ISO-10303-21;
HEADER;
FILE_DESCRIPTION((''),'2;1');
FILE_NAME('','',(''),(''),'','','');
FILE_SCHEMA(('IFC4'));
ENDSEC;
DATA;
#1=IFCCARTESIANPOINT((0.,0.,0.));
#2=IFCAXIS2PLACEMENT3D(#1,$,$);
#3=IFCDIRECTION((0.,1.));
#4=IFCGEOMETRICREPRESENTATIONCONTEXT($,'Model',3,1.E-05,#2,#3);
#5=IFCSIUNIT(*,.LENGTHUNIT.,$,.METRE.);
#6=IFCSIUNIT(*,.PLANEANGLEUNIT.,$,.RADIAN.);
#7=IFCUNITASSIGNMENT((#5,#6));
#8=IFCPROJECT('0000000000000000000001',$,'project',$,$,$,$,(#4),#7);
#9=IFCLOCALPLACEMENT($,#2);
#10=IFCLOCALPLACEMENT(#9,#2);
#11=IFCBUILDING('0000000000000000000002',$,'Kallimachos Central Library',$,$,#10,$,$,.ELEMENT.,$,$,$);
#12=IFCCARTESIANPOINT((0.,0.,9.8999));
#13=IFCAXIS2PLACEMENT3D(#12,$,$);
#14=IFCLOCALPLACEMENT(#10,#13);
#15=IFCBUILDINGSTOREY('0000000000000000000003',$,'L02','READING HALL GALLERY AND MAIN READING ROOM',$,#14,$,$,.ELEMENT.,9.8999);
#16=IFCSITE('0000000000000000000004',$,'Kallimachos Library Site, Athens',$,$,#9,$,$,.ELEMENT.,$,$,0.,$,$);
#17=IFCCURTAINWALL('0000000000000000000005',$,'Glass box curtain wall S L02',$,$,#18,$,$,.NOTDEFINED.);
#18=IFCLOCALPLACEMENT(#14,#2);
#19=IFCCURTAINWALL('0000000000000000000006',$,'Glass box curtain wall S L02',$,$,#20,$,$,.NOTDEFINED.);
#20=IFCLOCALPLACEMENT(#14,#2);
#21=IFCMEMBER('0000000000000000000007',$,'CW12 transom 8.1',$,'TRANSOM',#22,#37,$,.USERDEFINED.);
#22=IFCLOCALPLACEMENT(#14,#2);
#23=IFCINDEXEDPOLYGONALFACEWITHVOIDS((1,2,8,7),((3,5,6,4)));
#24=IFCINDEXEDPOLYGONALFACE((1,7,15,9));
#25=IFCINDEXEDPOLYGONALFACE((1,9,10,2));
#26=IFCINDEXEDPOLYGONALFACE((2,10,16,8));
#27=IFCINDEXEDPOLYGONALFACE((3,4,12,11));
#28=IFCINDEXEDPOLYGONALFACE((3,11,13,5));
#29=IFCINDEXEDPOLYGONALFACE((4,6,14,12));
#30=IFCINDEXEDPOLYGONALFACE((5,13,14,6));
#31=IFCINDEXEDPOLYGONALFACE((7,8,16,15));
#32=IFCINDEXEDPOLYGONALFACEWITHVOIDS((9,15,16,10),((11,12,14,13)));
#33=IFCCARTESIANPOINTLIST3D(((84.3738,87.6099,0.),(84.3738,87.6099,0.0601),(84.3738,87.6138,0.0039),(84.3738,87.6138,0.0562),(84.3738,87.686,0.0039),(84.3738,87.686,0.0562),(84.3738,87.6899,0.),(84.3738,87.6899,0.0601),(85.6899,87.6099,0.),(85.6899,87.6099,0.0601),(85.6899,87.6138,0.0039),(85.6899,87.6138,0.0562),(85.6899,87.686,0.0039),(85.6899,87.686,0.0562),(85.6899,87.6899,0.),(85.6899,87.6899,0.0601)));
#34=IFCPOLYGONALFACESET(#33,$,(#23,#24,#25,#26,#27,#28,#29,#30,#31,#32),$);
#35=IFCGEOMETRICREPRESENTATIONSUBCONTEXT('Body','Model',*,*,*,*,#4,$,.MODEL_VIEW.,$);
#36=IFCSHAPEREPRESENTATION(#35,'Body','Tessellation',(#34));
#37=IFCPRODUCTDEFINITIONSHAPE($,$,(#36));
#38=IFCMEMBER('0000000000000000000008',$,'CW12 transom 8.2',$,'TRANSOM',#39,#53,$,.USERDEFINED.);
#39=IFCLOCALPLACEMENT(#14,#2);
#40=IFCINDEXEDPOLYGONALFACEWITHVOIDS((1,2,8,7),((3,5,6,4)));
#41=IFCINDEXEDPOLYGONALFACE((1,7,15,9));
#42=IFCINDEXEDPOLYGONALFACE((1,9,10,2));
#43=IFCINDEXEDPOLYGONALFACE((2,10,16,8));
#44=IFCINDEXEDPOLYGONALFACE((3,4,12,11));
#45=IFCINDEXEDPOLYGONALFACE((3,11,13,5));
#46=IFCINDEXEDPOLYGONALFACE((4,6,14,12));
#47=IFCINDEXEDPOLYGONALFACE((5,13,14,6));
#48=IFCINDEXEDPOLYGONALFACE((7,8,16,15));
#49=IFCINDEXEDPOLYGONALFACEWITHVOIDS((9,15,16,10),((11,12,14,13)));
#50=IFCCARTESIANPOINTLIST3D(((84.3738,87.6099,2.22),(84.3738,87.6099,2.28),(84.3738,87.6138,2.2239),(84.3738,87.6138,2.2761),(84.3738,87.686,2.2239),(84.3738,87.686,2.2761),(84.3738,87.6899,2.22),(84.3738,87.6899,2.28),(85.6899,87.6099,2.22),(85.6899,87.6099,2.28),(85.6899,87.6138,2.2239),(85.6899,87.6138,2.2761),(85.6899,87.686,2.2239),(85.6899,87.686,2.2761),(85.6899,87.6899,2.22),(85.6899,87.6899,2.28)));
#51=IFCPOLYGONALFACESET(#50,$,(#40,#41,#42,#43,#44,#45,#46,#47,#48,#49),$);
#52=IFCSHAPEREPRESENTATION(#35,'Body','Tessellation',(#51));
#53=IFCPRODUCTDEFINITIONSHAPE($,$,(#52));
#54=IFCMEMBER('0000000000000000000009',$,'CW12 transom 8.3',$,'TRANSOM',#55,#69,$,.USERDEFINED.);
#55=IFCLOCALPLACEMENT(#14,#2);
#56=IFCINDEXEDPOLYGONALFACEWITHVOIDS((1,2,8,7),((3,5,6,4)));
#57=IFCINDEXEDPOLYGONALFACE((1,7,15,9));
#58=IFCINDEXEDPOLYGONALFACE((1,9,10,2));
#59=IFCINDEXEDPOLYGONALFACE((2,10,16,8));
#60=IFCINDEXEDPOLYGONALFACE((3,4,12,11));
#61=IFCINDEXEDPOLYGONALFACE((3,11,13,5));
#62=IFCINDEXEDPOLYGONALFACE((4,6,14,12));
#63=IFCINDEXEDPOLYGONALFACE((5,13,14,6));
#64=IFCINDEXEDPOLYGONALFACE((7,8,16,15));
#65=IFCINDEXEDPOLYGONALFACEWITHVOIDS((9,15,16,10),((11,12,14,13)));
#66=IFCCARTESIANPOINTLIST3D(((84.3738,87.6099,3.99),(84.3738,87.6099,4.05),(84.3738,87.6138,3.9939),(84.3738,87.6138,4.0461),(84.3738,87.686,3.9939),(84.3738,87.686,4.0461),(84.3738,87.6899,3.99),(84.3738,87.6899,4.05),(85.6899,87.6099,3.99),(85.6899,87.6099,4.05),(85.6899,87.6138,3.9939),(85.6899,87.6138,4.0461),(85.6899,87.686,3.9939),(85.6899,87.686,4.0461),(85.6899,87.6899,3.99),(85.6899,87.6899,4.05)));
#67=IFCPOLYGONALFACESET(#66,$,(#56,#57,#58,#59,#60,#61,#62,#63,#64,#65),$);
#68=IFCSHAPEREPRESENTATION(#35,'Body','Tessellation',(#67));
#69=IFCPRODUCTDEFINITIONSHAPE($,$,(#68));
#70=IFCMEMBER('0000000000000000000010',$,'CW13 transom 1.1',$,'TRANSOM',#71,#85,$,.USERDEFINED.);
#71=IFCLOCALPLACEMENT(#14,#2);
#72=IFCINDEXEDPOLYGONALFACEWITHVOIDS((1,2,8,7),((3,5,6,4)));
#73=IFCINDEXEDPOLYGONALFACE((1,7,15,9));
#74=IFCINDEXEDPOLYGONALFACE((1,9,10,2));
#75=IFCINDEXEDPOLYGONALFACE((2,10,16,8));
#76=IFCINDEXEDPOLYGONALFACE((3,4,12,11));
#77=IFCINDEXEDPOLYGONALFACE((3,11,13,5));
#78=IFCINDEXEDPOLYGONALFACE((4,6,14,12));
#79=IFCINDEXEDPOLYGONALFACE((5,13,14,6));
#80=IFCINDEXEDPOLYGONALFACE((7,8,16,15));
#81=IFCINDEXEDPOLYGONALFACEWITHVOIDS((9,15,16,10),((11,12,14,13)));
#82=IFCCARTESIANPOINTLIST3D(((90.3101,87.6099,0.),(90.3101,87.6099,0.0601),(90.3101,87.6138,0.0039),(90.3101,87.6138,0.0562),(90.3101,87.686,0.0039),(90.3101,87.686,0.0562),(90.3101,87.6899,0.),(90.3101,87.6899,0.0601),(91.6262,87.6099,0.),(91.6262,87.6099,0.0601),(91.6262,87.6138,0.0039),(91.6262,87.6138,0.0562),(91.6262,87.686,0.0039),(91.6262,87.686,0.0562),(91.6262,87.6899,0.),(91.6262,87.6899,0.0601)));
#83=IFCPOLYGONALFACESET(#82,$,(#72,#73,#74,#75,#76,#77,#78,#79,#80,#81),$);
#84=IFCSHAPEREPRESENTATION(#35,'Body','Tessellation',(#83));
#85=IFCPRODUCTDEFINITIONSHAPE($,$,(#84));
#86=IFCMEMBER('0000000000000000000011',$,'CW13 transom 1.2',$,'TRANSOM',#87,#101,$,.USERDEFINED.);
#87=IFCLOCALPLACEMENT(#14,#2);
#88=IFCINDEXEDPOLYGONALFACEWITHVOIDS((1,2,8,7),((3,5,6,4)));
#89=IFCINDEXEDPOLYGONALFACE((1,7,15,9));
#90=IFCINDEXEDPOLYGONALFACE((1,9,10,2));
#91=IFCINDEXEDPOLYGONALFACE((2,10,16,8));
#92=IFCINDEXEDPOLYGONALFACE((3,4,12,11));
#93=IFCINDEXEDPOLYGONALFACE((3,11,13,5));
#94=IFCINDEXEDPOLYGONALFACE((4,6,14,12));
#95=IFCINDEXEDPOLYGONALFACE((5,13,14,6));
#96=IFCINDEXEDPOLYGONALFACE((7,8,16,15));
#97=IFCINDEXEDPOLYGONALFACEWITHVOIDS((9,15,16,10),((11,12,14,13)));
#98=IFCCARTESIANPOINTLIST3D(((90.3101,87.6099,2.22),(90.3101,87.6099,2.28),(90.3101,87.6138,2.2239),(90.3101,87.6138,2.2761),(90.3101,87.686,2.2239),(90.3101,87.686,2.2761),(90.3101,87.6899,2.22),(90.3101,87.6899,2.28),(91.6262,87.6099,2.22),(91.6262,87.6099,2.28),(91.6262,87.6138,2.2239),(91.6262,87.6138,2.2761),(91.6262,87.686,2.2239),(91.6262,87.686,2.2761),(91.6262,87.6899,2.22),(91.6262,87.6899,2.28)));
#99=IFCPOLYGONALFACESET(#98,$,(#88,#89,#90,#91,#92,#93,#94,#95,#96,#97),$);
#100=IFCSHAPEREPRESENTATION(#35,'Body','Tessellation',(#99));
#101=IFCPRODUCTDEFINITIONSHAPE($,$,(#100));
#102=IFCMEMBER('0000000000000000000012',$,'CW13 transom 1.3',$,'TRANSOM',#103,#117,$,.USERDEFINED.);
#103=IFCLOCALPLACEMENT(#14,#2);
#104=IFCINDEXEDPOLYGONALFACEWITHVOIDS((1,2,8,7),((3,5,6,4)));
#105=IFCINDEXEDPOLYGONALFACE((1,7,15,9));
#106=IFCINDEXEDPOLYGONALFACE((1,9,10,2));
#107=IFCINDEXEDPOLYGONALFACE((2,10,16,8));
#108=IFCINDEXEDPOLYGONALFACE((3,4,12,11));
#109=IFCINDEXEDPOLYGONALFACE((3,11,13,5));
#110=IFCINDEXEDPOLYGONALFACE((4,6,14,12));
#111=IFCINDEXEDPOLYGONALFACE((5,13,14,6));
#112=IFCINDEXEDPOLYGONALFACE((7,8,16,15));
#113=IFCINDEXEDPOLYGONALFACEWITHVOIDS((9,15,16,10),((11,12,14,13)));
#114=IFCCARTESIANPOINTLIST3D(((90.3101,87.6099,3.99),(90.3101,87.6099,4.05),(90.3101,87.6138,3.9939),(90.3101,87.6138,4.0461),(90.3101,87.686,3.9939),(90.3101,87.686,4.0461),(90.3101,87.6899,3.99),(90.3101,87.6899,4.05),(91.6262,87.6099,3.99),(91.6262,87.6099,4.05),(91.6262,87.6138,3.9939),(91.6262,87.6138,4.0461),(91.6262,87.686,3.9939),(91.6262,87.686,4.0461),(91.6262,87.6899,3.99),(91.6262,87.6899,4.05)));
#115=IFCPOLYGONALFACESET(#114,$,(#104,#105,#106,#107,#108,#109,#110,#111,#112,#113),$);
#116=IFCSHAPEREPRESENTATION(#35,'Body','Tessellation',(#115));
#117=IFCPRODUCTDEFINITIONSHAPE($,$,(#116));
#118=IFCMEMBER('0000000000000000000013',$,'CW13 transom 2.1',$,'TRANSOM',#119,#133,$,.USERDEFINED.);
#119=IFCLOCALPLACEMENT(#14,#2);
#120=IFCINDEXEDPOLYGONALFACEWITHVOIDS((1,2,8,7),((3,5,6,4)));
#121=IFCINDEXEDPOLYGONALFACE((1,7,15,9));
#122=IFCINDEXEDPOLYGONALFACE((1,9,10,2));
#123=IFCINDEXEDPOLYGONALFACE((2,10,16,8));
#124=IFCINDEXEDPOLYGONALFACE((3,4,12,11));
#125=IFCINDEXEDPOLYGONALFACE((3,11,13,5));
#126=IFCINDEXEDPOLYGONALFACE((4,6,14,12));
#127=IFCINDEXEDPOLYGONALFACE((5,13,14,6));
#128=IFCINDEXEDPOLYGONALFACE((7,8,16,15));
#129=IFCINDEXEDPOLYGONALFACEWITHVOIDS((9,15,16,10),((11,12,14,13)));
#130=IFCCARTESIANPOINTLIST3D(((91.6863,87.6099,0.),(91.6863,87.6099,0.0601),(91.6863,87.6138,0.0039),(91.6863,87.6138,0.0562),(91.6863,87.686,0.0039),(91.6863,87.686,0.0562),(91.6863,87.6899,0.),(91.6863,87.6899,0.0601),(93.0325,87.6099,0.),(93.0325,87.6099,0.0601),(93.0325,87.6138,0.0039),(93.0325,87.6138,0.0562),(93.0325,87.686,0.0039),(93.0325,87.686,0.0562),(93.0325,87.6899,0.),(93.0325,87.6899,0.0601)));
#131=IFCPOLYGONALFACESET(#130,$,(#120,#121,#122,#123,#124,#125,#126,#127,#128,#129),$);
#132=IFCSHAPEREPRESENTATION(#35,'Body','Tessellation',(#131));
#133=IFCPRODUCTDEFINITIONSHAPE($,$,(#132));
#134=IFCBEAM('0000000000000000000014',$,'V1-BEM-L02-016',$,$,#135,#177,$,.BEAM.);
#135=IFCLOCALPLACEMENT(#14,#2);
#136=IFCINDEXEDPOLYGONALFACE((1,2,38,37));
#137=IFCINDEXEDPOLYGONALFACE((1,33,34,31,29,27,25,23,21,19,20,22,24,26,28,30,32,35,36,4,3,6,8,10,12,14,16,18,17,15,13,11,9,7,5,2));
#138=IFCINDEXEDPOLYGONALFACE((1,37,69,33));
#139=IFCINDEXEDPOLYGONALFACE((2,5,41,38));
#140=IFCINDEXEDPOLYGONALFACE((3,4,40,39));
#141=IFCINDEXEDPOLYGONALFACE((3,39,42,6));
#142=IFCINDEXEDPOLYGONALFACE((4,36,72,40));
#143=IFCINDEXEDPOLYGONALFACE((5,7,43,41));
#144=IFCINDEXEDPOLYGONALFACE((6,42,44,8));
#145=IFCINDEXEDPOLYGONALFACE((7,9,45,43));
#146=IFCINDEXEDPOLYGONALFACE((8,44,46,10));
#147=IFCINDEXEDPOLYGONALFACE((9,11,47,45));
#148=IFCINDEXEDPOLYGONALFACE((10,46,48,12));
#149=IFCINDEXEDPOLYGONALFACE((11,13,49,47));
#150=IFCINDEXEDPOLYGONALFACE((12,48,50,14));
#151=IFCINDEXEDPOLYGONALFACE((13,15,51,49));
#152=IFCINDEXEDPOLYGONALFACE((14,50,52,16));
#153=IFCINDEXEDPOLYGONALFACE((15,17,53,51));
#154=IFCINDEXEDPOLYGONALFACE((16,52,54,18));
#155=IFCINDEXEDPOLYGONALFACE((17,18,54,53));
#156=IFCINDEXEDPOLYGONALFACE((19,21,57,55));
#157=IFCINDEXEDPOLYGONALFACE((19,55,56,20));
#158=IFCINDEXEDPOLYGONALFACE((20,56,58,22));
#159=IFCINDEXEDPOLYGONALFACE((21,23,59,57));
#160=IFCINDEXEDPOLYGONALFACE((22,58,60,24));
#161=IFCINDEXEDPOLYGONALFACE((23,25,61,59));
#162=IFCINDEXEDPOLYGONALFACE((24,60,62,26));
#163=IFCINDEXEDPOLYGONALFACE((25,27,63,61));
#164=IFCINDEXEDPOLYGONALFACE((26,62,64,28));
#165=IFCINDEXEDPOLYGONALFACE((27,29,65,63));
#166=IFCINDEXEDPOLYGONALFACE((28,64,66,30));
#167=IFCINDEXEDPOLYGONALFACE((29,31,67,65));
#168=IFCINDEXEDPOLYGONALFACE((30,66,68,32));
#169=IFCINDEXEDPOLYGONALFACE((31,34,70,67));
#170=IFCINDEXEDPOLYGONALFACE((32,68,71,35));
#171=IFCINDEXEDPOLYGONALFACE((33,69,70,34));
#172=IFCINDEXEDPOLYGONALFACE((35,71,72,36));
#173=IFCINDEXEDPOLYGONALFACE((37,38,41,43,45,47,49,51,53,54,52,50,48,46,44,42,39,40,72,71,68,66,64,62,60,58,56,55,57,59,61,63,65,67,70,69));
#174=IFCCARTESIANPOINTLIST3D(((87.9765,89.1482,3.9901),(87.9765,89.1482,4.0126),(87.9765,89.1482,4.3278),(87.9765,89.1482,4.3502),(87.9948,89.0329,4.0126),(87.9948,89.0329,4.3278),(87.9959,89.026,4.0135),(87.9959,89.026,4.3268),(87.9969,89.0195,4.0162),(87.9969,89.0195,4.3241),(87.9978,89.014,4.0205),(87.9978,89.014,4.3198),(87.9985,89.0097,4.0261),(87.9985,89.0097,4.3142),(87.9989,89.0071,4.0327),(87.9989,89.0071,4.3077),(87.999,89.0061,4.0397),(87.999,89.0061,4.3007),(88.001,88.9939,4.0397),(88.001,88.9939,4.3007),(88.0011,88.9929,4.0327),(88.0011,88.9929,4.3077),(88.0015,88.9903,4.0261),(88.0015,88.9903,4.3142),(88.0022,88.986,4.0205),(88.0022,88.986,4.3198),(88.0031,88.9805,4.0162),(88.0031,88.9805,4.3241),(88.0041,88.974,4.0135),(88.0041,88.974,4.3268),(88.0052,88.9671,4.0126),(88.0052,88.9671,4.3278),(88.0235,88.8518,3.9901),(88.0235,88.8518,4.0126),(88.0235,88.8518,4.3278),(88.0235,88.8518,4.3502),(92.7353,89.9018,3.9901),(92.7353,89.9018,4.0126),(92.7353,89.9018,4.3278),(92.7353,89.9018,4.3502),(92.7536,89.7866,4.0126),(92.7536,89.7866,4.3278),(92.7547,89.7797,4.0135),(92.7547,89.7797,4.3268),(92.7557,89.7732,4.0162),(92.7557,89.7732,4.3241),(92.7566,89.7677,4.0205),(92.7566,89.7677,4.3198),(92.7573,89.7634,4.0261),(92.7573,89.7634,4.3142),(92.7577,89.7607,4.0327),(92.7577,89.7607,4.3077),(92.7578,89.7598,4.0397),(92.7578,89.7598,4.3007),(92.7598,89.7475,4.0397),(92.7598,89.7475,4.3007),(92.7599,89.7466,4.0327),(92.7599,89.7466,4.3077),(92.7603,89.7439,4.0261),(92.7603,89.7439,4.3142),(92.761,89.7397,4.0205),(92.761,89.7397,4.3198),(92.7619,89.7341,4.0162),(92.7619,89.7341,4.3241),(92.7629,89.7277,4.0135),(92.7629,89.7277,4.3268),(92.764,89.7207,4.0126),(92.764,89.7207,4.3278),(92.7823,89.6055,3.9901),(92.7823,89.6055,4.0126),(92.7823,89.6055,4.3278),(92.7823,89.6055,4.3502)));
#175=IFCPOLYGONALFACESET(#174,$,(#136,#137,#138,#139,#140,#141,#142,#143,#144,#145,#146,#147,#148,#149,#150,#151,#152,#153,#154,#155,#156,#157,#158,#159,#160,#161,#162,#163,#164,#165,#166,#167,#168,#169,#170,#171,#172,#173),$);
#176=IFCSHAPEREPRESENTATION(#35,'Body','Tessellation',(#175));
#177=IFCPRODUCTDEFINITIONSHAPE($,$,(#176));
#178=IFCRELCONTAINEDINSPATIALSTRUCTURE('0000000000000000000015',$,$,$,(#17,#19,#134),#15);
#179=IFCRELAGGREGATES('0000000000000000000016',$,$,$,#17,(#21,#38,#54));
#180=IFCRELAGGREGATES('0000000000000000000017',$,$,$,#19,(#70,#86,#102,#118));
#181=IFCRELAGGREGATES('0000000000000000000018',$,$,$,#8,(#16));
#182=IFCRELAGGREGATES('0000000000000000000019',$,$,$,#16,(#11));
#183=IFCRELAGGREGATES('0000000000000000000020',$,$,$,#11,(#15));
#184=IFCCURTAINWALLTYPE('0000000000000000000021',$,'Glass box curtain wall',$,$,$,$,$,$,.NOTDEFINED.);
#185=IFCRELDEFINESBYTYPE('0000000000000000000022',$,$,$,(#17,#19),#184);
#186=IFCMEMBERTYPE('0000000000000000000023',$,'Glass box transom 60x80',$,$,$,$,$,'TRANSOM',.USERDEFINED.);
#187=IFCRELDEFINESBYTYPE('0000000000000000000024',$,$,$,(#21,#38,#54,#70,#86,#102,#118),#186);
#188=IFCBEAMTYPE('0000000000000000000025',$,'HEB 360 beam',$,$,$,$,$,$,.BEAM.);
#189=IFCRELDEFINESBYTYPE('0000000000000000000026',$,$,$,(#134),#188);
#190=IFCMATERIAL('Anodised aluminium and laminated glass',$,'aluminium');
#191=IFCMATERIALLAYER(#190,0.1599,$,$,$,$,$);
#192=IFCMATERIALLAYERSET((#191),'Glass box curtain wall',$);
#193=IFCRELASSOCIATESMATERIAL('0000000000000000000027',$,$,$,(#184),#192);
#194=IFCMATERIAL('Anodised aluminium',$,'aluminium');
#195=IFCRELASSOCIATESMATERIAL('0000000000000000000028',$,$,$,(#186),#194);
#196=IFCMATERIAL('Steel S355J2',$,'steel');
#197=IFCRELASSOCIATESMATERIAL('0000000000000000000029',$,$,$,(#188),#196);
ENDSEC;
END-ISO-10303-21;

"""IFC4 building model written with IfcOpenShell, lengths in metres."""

from ifc_helpers import new_model, si_unit, direction, frame, origin, origin_2d, place, context, subcontext, project, spatial, hollow_rectangle, i_section, extrude, material, layer, layer_set, material_profile, profile_set, type_object, element, aggregate, save


model = new_model("IFC4")

# Units and contexts
model_context = context("Model", 3, precision=1e-05, world=origin(), true_north=direction((0.0, 1.0)))
body_context = subcontext(model_context, "Body", "Model", "MODEL_VIEW")
ifc_project = project(units=[si_unit("LENGTHUNIT", "METRE"), si_unit("PLANEANGLEUNIT", "RADIAN")], contexts=[model_context])

# Site, building, storey
site_placement = place(None, origin())
site = spatial("IfcSite", under=ifc_project, at=site_placement, Name="Kallimachos Library Site, Athens", CompositionType="ELEMENT", RefElevation=0.0)
building_placement = place(site_placement, origin())
building = spatial("IfcBuilding", under=site, at=building_placement, Name="Kallimachos Central Library", CompositionType="ELEMENT")
storey_placement = place(building_placement, frame((0.0, 0.0, 9.8999)))
storey = spatial("IfcBuildingStorey", under=building, at=storey_placement, Name="L02", Description="READING HALL GALLERY AND MAIN READING ROOM", CompositionType="ELEMENT", Elevation=9.8999)

# Curtain walls
ifc_material_1 = material(Name="Anodised aluminium and laminated glass", Category="aluminium")
ifc_layer_1 = layer(ifc_material_1, 0.1599)
ifc_layer_set_1 = layer_set([ifc_layer_1], Name="Glass box curtain wall")
curtain_wall_type = type_object("IfcCurtainWallType", Name="Glass box curtain wall", PredefinedType="NOTDEFINED", material=ifc_layer_set_1)
curtain_wall_1_placement = place(storey_placement, origin())
curtain_wall_1 = element("IfcCurtainWall", 1, at=curtain_wall_1_placement, inside=storey, type_object=curtain_wall_type, Name="Glass box curtain wall S L02", PredefinedType="NOTDEFINED")
curtain_wall_2_placement = place(storey_placement, origin())
curtain_wall_2 = element("IfcCurtainWall", 2, at=curtain_wall_2_placement, inside=storey, type_object=curtain_wall_type, Name="Glass box curtain wall S L02", PredefinedType="NOTDEFINED")

# Members
ifc_material_2 = material(Name="Anodised aluminium", Category="aluminium")
ifc_material_profile_1 = material_profile(ifc_material_2, hollow_rectangle(XDim=0.0601, YDim=0.0801, WallThickness=0.0039, at=origin_2d()), Name="ALU TRANSOM 60x80")
ifc_profile_set_1 = profile_set([ifc_material_profile_1], Name="Anodised aluminium")
member_type_1 = type_object("IfcMemberType", Name="Glass box transom 60x80", ElementType="TRANSOM", PredefinedType="USERDEFINED", material=ifc_profile_set_1)
member_1_placement = place(storey_placement, frame((84.3738, 87.6499, 0.03), z_axis=(1.0, 0.0, 0.0), x_axis=(0.0, 0.0, 1.0)))
member_1 = element("IfcMember", 3, at=member_1_placement, type_object=member_type_1, Name="CW12 transom 8.1", ObjectType="TRANSOM", PredefinedType="USERDEFINED", context=body_context, shape_type="SweptSolid", body=[
    extrude(hollow_rectangle(XDim=0.0601, YDim=0.0801, WallThickness=0.0039, at=origin_2d()), origin(), (0.0, 0.0, 1.0), 1.3162),
])
member_2_placement = place(storey_placement, frame((84.3738, 87.6499, 2.25), z_axis=(1.0, 0.0, 0.0), x_axis=(0.0, 0.0, 1.0)))
member_2 = element("IfcMember", 4, at=member_2_placement, type_object=member_type_1, Name="CW12 transom 8.2", ObjectType="TRANSOM", PredefinedType="USERDEFINED", context=body_context, shape_type="SweptSolid", body=[
    extrude(hollow_rectangle(XDim=0.0601, YDim=0.0801, WallThickness=0.0039, at=origin_2d()), origin(), (0.0, 0.0, 1.0), 1.3162),
])
member_3_placement = place(storey_placement, frame((84.3738, 87.6499, 4.02), z_axis=(1.0, 0.0, 0.0), x_axis=(0.0, 0.0, 1.0)))
member_3 = element("IfcMember", 5, at=member_3_placement, type_object=member_type_1, Name="CW12 transom 8.3", ObjectType="TRANSOM", PredefinedType="USERDEFINED", context=body_context, shape_type="SweptSolid", body=[
    extrude(hollow_rectangle(XDim=0.0601, YDim=0.0801, WallThickness=0.0039, at=origin_2d()), origin(), (0.0, 0.0, 1.0), 1.3162),
])
member_4_placement = place(storey_placement, frame((90.3101, 87.6499, 0.03), z_axis=(1.0, 0.0, 0.0), x_axis=(0.0, 0.0, 1.0)))
member_4 = element("IfcMember", 6, at=member_4_placement, type_object=member_type_1, Name="CW13 transom 1.1", ObjectType="TRANSOM", PredefinedType="USERDEFINED", context=body_context, shape_type="SweptSolid", body=[
    extrude(hollow_rectangle(XDim=0.0601, YDim=0.0801, WallThickness=0.0039, at=origin_2d()), origin(), (0.0, 0.0, 1.0), 1.3162),
])
member_5_placement = place(storey_placement, frame((90.3101, 87.6499, 2.25), z_axis=(1.0, 0.0, 0.0), x_axis=(0.0, 0.0, 1.0)))
member_5 = element("IfcMember", 7, at=member_5_placement, type_object=member_type_1, Name="CW13 transom 1.2", ObjectType="TRANSOM", PredefinedType="USERDEFINED", context=body_context, shape_type="SweptSolid", body=[
    extrude(hollow_rectangle(XDim=0.0601, YDim=0.0801, WallThickness=0.0039, at=origin_2d()), origin(), (0.0, 0.0, 1.0), 1.3162),
])
member_6_placement = place(storey_placement, frame((90.3101, 87.6499, 4.02), z_axis=(1.0, 0.0, 0.0), x_axis=(0.0, 0.0, 1.0)))
member_6 = element("IfcMember", 8, at=member_6_placement, type_object=member_type_1, Name="CW13 transom 1.3", ObjectType="TRANSOM", PredefinedType="USERDEFINED", context=body_context, shape_type="SweptSolid", body=[
    extrude(hollow_rectangle(XDim=0.0601, YDim=0.0801, WallThickness=0.0039, at=origin_2d()), origin(), (0.0, 0.0, 1.0), 1.3162),
])
member_7_placement = place(storey_placement, frame((91.6863, 87.6499, 0.03), z_axis=(1.0, 0.0, 0.0), x_axis=(0.0, 0.0, 1.0)))
member_7 = element("IfcMember", 9, at=member_7_placement, type_object=member_type_1, Name="CW13 transom 2.1", ObjectType="TRANSOM", PredefinedType="USERDEFINED", context=body_context, shape_type="SweptSolid", body=[
    extrude(hollow_rectangle(XDim=0.0601, YDim=0.0801, WallThickness=0.0039, at=origin_2d()), origin(), (0.0, 0.0, 1.0), 1.3462),
])

# Beam
ifc_material_3 = material(Name="Steel S355J2", Category="steel")
ifc_material_profile_2 = material_profile(ifc_material_3, i_section(OverallWidth=0.3, OverallDepth=0.3601, WebThickness=0.0125, FlangeThickness=0.0225, FilletRadius=0.0271, at=origin_2d()), Name="HEB 360")
ifc_profile_set_2 = profile_set([ifc_material_profile_2], Name="Steel S355J2")
beam_type_1 = type_object("IfcBeamType", Name="HEB 360 beam", PredefinedType="BEAM", material=ifc_profile_set_2)
beam_1_placement = place(storey_placement, frame((88.0, 89.0, 4.1702), z_axis=(0.98769, 0.156423, 0.0), x_axis=(-0.156423, 0.98769, 0.0)))
element("IfcBeam", 10, at=beam_1_placement, inside=storey, type_object=beam_type_1, Name="V1-BEM-L02-016", PredefinedType="BEAM", context=body_context, shape_type="SweptSolid", body=[
    extrude(i_section(OverallWidth=0.3, OverallDepth=0.3601, WebThickness=0.0125, FlangeThickness=0.0225, FilletRadius=0.0271, at=origin_2d()), origin(), (0.0, 0.0, 1.0), 4.8181),
])

aggregate(curtain_wall_1, [member_1, member_2, member_3])
aggregate(curtain_wall_2, [member_4, member_5, member_6, member_7])

save(model, "model.ifc")
